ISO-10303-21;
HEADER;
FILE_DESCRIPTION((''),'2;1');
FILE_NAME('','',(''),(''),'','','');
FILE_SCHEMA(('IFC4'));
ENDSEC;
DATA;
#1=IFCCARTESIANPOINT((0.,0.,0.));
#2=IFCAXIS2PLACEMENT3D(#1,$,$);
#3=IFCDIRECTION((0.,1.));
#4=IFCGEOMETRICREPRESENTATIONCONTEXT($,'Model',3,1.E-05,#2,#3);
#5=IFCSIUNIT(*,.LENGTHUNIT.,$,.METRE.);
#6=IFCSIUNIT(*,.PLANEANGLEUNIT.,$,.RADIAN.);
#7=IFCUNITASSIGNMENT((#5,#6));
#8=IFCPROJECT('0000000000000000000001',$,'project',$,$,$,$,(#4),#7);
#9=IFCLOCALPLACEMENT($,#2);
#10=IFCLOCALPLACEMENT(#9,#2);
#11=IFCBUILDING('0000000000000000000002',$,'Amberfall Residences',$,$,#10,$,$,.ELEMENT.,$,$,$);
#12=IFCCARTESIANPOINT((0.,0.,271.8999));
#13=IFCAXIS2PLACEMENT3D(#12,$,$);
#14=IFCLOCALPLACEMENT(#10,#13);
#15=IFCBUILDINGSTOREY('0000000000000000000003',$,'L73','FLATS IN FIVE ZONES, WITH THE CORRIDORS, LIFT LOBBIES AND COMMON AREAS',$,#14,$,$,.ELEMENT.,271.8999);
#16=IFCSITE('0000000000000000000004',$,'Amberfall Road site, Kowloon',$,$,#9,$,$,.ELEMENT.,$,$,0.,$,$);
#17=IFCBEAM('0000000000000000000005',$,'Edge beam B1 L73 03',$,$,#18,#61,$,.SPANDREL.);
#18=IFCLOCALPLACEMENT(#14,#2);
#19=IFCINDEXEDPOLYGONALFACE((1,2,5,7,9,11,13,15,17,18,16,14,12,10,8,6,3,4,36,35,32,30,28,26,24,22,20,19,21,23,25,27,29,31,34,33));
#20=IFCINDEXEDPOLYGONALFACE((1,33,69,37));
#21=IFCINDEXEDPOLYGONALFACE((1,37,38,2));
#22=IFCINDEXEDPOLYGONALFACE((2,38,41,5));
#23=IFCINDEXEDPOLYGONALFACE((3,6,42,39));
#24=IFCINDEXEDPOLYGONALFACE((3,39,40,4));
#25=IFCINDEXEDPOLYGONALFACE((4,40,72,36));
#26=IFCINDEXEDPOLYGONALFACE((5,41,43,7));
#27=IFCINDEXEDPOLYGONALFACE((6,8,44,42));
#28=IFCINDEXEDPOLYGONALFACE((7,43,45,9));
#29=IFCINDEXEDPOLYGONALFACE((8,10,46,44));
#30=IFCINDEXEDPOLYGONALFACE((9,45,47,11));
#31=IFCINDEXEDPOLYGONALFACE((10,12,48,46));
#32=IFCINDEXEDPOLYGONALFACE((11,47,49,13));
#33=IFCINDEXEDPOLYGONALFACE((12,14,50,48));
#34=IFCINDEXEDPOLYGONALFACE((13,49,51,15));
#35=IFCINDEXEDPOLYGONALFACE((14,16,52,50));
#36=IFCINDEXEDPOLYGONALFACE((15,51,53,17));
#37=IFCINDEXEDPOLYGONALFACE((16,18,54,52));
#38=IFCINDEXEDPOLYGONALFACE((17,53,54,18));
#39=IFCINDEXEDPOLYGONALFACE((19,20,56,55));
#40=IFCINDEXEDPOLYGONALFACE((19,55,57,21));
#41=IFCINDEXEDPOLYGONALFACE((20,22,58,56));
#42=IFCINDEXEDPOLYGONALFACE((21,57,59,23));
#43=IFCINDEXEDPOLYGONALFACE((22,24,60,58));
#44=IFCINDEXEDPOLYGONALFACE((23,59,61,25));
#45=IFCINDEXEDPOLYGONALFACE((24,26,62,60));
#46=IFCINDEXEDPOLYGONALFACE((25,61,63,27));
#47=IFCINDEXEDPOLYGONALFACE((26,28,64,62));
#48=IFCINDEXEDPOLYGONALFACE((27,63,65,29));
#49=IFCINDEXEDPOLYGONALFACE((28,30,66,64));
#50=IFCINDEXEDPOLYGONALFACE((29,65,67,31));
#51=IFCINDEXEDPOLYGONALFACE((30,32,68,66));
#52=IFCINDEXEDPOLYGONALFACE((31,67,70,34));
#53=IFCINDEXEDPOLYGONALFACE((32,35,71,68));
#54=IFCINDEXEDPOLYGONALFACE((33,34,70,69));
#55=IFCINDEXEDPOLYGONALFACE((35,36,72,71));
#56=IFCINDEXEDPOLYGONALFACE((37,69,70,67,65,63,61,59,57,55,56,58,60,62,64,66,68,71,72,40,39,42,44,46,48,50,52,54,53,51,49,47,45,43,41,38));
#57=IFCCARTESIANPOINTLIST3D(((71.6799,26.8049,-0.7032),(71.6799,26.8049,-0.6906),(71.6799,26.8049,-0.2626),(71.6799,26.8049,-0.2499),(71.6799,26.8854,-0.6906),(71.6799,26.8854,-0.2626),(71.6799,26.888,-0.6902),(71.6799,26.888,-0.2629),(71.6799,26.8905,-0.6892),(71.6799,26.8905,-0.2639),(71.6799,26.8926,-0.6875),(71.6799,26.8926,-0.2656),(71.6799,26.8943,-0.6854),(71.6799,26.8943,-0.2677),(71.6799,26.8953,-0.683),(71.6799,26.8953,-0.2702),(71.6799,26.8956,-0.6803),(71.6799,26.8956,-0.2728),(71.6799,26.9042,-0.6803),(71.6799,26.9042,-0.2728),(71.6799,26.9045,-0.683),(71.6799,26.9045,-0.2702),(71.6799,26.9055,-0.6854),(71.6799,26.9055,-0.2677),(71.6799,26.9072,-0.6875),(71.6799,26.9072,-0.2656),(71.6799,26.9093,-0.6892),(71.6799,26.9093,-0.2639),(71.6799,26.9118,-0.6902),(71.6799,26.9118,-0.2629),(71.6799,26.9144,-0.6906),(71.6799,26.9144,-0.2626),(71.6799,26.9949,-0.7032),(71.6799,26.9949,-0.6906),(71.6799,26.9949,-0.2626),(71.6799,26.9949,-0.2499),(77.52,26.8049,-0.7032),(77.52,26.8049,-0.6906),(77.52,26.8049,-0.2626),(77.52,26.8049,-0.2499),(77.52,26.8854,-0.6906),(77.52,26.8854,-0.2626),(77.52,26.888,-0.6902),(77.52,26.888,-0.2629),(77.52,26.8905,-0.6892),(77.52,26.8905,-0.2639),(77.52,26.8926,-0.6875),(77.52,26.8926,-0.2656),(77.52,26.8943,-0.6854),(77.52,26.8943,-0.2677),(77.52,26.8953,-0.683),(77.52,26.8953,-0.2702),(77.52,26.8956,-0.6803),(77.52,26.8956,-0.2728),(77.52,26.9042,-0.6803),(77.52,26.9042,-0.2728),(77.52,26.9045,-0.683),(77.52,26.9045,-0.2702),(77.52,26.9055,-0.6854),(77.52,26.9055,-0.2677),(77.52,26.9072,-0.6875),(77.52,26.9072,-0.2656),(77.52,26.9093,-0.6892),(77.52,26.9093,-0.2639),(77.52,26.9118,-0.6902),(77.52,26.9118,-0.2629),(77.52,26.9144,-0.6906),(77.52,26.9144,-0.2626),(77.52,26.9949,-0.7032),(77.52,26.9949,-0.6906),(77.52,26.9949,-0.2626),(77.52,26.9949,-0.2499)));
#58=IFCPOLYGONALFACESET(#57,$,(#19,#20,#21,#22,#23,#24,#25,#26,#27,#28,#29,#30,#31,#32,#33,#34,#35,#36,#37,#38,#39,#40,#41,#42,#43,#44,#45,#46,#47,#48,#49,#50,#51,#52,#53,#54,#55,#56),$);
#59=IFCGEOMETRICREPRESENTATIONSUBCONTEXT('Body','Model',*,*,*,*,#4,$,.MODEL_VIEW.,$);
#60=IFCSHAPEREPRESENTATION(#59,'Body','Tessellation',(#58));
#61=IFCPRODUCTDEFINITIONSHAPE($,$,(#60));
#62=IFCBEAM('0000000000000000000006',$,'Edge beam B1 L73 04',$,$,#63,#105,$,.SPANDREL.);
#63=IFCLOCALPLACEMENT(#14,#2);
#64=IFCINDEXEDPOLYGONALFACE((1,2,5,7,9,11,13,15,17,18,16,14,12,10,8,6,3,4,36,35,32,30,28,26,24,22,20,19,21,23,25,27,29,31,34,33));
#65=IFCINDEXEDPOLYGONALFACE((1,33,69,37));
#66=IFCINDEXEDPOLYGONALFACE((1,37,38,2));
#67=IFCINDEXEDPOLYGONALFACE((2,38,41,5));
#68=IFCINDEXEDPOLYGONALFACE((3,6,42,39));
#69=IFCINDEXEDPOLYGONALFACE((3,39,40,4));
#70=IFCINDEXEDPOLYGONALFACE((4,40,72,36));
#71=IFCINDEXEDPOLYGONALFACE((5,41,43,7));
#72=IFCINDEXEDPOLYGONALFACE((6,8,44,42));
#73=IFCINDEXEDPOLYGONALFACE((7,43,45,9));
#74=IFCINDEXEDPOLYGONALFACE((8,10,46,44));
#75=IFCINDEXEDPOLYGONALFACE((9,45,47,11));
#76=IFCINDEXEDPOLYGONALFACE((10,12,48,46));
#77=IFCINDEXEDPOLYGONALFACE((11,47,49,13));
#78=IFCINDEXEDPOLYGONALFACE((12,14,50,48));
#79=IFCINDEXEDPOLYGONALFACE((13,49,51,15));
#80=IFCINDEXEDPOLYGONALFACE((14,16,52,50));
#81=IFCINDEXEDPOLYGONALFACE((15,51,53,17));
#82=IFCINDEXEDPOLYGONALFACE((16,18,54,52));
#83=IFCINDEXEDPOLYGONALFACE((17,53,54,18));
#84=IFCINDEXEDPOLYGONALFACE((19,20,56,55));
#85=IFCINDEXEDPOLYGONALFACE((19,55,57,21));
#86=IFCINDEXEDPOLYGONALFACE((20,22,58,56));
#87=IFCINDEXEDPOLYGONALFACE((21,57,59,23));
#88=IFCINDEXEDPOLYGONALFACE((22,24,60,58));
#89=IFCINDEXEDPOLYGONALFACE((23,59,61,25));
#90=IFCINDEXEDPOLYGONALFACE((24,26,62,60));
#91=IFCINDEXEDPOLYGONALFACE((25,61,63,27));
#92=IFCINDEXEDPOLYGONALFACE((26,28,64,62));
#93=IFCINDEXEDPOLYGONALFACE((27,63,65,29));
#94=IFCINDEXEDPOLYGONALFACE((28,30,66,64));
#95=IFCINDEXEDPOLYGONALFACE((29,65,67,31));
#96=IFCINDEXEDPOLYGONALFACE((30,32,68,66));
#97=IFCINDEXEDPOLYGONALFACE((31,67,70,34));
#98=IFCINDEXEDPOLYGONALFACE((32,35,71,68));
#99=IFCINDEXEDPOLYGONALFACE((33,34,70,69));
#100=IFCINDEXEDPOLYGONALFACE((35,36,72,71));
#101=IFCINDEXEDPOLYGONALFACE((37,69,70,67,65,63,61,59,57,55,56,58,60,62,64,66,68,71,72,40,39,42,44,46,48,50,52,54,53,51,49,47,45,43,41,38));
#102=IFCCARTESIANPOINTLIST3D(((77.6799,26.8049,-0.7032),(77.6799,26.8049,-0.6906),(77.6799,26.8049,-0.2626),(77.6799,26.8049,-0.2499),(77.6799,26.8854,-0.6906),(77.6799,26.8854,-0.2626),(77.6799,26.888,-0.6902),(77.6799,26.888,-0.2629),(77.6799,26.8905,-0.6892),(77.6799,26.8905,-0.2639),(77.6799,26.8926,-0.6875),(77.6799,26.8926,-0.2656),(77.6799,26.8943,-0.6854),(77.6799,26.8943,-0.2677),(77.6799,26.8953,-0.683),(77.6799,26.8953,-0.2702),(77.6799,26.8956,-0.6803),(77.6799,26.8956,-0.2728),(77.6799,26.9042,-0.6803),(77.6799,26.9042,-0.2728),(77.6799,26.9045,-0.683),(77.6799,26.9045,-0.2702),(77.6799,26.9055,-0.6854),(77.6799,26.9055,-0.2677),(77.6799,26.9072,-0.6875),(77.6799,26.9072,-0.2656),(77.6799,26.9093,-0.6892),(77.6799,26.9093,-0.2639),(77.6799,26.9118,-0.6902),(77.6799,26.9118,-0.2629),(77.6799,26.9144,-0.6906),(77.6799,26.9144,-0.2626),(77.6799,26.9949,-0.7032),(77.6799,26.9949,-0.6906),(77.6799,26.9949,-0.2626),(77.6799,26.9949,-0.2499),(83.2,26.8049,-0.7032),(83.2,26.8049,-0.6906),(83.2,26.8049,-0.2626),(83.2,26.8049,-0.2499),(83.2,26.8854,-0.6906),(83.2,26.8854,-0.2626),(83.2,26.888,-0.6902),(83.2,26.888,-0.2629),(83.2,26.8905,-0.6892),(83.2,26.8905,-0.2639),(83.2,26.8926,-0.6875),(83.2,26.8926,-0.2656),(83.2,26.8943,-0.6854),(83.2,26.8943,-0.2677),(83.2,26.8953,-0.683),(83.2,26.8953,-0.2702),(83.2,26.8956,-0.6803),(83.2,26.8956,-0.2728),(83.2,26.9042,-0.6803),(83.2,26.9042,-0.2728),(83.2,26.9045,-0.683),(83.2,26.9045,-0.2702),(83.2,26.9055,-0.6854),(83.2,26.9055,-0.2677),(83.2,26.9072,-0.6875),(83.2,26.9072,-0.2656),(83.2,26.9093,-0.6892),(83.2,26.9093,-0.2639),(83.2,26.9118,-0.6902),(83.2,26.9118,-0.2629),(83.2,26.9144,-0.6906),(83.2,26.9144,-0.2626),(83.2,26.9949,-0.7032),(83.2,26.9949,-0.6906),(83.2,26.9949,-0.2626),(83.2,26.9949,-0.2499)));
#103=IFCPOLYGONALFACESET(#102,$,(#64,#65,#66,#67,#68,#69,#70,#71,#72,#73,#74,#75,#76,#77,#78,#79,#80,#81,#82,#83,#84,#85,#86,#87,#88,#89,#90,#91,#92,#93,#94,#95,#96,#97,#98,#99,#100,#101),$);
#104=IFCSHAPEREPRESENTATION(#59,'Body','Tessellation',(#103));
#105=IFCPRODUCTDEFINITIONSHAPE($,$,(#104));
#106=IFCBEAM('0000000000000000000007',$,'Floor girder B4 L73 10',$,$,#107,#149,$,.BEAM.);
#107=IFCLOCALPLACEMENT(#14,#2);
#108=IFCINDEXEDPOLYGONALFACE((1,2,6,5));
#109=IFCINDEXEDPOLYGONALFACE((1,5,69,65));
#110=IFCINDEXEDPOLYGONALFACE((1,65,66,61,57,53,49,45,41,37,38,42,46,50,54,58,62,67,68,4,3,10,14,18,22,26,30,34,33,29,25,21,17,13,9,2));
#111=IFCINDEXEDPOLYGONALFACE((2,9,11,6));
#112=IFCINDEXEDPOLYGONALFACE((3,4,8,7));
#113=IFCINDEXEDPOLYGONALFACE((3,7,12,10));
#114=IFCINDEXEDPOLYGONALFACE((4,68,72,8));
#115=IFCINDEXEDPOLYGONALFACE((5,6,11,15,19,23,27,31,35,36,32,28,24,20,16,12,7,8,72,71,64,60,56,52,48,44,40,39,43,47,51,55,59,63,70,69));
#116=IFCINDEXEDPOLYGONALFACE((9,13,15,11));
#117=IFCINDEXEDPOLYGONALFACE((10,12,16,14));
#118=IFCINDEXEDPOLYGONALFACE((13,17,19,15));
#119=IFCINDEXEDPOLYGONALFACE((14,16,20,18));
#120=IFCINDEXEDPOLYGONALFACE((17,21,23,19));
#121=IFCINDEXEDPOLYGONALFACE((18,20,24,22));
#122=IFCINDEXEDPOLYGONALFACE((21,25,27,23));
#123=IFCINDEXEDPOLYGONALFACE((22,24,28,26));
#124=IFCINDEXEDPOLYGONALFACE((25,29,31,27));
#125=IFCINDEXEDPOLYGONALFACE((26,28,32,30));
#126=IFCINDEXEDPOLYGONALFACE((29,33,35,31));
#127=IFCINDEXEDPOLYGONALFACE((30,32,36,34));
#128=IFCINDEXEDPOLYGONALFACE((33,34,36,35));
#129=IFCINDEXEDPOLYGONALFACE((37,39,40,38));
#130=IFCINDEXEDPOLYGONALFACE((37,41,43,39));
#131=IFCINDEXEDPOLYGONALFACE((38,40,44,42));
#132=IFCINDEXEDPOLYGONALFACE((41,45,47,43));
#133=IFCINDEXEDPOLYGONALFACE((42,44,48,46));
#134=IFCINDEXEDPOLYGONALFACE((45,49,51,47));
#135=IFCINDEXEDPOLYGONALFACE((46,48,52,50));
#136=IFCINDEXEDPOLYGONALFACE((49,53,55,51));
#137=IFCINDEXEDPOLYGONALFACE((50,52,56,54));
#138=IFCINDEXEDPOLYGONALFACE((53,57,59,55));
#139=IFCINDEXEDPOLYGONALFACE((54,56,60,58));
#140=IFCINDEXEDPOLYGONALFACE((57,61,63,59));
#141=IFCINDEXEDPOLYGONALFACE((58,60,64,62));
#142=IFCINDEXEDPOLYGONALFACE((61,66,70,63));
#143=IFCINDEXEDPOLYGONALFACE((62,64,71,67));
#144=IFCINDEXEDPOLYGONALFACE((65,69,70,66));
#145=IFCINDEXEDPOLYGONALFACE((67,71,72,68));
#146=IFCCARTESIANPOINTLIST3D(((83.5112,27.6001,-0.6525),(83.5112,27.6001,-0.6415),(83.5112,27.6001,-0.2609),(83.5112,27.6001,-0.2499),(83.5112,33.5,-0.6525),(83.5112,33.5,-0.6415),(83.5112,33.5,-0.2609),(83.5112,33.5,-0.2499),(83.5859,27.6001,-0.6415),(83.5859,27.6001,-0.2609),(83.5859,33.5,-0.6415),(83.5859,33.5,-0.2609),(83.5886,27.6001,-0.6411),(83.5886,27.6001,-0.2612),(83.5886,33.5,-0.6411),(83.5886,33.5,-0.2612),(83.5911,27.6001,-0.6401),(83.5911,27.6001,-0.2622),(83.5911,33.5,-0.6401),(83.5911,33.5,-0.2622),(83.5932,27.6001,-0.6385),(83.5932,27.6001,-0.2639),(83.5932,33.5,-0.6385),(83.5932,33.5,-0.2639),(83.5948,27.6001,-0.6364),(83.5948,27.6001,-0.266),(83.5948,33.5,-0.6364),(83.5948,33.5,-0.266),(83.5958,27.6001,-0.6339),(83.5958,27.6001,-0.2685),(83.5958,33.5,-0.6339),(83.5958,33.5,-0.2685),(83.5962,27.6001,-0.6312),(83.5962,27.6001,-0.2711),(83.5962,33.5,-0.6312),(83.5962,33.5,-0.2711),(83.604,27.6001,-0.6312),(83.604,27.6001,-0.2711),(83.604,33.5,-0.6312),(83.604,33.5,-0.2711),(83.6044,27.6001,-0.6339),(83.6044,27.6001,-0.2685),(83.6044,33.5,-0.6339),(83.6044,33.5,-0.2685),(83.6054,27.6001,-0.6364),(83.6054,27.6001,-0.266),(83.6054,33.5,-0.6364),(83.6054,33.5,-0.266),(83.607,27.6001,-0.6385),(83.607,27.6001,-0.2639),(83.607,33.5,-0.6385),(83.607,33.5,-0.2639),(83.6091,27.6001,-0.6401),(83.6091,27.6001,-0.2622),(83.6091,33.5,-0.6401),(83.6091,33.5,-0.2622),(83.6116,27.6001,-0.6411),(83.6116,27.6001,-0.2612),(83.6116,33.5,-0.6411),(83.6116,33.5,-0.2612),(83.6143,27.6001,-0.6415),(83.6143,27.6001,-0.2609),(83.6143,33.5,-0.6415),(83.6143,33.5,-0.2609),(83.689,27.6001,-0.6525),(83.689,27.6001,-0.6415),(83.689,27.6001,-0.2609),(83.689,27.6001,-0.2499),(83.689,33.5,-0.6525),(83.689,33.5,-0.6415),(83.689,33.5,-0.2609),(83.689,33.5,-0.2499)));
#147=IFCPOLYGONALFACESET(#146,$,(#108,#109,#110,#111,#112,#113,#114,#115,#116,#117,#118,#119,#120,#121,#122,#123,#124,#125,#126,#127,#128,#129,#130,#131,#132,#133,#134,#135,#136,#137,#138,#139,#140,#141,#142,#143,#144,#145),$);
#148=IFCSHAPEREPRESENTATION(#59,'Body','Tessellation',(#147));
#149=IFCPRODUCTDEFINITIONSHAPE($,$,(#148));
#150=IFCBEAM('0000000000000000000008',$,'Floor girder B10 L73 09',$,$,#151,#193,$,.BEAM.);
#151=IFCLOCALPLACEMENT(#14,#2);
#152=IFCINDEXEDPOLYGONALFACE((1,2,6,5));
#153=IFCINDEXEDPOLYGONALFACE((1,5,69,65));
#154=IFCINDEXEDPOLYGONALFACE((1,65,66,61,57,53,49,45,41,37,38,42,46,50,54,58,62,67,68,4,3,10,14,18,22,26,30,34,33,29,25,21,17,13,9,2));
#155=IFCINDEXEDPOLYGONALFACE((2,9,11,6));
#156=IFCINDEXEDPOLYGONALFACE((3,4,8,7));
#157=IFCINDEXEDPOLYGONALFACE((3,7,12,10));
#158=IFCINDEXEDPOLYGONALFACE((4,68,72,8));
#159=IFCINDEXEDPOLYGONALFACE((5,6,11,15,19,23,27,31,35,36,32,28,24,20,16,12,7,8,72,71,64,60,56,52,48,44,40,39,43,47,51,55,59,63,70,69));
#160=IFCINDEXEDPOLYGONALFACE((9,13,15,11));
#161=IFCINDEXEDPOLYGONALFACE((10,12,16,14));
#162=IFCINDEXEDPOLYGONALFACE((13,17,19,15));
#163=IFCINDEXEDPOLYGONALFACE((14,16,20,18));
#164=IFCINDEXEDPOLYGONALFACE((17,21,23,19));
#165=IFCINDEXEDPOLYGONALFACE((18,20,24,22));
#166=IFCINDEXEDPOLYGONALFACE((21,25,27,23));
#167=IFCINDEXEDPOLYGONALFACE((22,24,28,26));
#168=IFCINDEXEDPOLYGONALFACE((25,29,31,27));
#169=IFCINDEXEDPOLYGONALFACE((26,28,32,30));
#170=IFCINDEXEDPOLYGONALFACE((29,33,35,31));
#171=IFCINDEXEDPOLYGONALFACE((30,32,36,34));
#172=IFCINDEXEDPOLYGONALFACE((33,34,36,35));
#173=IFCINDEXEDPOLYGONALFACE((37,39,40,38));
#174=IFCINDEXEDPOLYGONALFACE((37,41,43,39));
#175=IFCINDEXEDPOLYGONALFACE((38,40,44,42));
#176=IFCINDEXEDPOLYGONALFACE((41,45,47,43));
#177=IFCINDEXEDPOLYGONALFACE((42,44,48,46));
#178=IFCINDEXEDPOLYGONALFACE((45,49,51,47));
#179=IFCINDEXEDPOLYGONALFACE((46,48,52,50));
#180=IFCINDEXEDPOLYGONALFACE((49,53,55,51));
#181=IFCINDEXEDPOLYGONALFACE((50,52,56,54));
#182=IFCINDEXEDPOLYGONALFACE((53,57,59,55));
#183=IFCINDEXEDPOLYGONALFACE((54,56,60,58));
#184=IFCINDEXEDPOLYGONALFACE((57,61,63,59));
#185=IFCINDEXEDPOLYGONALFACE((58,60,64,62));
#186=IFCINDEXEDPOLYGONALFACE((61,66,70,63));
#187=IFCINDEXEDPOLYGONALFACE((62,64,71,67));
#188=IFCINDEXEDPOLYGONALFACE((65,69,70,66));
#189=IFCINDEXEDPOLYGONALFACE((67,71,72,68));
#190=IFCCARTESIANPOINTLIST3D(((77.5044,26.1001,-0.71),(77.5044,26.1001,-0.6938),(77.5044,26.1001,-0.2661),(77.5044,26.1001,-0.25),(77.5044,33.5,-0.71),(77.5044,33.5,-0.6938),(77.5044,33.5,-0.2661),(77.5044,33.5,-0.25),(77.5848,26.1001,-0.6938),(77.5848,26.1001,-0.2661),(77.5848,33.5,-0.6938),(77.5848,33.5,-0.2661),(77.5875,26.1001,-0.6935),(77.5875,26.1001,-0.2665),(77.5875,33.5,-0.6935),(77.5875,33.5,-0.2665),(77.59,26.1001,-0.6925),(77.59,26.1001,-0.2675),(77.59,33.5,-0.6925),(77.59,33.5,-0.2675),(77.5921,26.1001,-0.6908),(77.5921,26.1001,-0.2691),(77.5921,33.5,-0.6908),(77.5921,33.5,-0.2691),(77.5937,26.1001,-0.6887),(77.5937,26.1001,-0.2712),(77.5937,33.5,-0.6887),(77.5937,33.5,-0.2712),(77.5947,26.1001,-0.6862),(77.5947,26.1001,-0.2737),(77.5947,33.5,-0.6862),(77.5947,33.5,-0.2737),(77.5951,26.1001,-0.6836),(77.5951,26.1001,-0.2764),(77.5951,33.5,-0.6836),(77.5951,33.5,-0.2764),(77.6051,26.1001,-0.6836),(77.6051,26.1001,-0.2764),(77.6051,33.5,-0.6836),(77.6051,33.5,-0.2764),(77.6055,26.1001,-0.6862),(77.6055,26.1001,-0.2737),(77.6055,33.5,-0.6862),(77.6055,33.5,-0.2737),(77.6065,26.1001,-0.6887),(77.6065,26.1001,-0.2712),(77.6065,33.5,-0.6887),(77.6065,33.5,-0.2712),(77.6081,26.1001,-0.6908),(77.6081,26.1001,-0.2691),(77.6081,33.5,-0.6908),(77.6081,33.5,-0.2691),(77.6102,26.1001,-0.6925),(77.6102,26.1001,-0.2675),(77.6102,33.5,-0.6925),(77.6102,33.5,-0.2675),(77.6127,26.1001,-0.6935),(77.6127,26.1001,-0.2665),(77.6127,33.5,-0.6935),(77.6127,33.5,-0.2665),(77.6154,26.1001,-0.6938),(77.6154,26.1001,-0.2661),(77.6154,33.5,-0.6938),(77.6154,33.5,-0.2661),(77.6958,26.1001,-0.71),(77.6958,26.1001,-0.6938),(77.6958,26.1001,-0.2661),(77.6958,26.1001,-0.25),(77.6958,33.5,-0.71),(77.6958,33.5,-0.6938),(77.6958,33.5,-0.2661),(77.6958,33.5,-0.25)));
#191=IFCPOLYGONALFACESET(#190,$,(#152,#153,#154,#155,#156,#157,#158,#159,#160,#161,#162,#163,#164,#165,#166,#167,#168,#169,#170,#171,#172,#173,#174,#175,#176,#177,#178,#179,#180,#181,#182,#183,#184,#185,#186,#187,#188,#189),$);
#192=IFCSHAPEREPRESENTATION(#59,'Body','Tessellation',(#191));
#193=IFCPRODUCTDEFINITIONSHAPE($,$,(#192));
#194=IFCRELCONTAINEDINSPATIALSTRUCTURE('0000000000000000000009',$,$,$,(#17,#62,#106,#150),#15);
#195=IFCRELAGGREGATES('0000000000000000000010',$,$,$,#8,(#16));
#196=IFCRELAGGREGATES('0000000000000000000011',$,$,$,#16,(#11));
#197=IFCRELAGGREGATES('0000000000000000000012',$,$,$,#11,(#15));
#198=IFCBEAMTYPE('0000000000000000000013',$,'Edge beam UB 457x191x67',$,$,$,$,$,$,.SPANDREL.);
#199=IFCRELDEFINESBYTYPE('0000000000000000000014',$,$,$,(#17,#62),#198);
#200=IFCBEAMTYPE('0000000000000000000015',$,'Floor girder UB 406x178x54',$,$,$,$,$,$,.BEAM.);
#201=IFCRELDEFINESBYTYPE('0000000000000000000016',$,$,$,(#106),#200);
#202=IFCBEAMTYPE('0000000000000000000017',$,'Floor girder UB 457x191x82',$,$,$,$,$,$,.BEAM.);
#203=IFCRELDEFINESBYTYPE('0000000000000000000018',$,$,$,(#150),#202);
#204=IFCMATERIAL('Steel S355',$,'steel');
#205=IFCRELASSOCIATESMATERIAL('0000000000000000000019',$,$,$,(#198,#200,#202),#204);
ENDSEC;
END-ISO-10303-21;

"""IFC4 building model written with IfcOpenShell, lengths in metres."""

from ifc_helpers import new_model, si_unit, direction, frame, origin, origin_2d, place, context, subcontext, project, spatial, i_section, extrude, material, material_profile, profile_set, type_object, element, save


model = new_model("IFC4")

# Units and contexts
model_context = context("Model", 3, precision=1e-05, world=origin(), true_north=direction((0.0, 1.0)))
body_context = subcontext(model_context, "Body", "Model", "MODEL_VIEW")
ifc_project = project(units=[si_unit("LENGTHUNIT", "METRE"), si_unit("PLANEANGLEUNIT", "RADIAN")], contexts=[model_context])

# Site, building, storey
site_placement = place(None, origin())
site = spatial("IfcSite", under=ifc_project, at=site_placement, Name="Amberfall Road site, Kowloon", CompositionType="ELEMENT", RefElevation=0.0)
building_placement = place(site_placement, origin())
building = spatial("IfcBuilding", under=site, at=building_placement, Name="Amberfall Residences", CompositionType="ELEMENT")
storey_placement = place(building_placement, frame((0.0, 0.0, 271.8999)))
storey = spatial("IfcBuildingStorey", under=building, at=storey_placement, Name="L73", Description="FLATS IN FIVE ZONES, WITH THE CORRIDORS, LIFT LOBBIES AND COMMON AREAS", CompositionType="ELEMENT", Elevation=271.8999)

# Beams
ifc_material_1 = material(Name="Steel S355", Category="steel")
ifc_material_profile_1 = material_profile(ifc_material_1, i_section(OverallWidth=0.1899, OverallDepth=0.4534, WebThickness=0.0085, FlangeThickness=0.0127, FilletRadius=0.0103, at=origin_2d()), Name="UB 457x191x67")
ifc_profile_set_1 = profile_set([ifc_material_profile_1], Name="Steel S355")
beam_type_1 = type_object("IfcBeamType", Name="Edge beam UB 457x191x67", PredefinedType="SPANDREL", material=ifc_profile_set_1)
beam_1_placement = place(storey_placement, frame((71.6799, 26.8999, -0.4766), z_axis=(1.0, 0.0, 0.0), x_axis=(0.0, 1.0, 0.0)))
element("IfcBeam", 1, at=beam_1_placement, inside=storey, type_object=beam_type_1, Name="Edge beam B1 L73 03", PredefinedType="SPANDREL", context=body_context, shape_type="SweptSolid", body=[
    extrude(i_section(OverallWidth=0.1899, OverallDepth=0.4534, WebThickness=0.0085, FlangeThickness=0.0127, FilletRadius=0.0103, at=origin_2d()), origin(), (0.0, 0.0, 1.0), 5.8401),
])
beam_2_placement = place(storey_placement, frame((77.6799, 26.8999, -0.4766), z_axis=(1.0, 0.0, 0.0), x_axis=(0.0, 1.0, 0.0)))
element("IfcBeam", 2, at=beam_2_placement, inside=storey, type_object=beam_type_1, Name="Edge beam B1 L73 04", PredefinedType="SPANDREL", context=body_context, shape_type="SweptSolid", body=[
    extrude(i_section(OverallWidth=0.1899, OverallDepth=0.4534, WebThickness=0.0085, FlangeThickness=0.0127, FilletRadius=0.0103, at=origin_2d()), origin(), (0.0, 0.0, 1.0), 5.52),
])
ifc_material_profile_2 = material_profile(ifc_material_1, i_section(OverallWidth=0.1777, OverallDepth=0.4026, WebThickness=0.0078, FlangeThickness=0.011, FilletRadius=0.0103, at=origin_2d()), Name="UB 406x178x54")
ifc_profile_set_2 = profile_set([ifc_material_profile_2], Name="Steel S355")
beam_type_2 = type_object("IfcBeamType", Name="Floor girder UB 406x178x54", PredefinedType="BEAM", material=ifc_profile_set_2)
beam_3_placement = place(storey_placement, frame((83.6001, 27.6001, -0.4512), z_axis=(0.0, 1.0, 0.0), x_axis=(-1.0, 0.0, 0.0)))
element("IfcBeam", 3, at=beam_3_placement, inside=storey, type_object=beam_type_2, Name="Floor girder B4 L73 10", PredefinedType="BEAM", context=body_context, shape_type="SweptSolid", body=[
    extrude(i_section(OverallWidth=0.1777, OverallDepth=0.4026, WebThickness=0.0078, FlangeThickness=0.011, FilletRadius=0.0103, at=origin_2d()), origin(), (0.0, 0.0, 1.0), 5.8999),
])
ifc_material_profile_3 = material_profile(ifc_material_1, i_section(OverallWidth=0.1914, OverallDepth=0.46, WebThickness=0.01, FlangeThickness=0.0161, FilletRadius=0.0103, at=origin_2d()), Name="UB 457x191x82")
ifc_profile_set_3 = profile_set([ifc_material_profile_3], Name="Steel S355")
beam_type_3 = type_object("IfcBeamType", Name="Floor girder UB 457x191x82", PredefinedType="BEAM", material=ifc_profile_set_3)
beam_4_placement = place(storey_placement, frame((77.6001, 26.1001, -0.48), z_axis=(0.0, 1.0, 0.0), x_axis=(-1.0, 0.0, 0.0)))
element("IfcBeam", 4, at=beam_4_placement, inside=storey, type_object=beam_type_3, Name="Floor girder B10 L73 09", PredefinedType="BEAM", context=body_context, shape_type="SweptSolid", body=[
    extrude(i_section(OverallWidth=0.1914, OverallDepth=0.46, WebThickness=0.01, FlangeThickness=0.0161, FilletRadius=0.0103, at=origin_2d()), origin(), (0.0, 0.0, 1.0), 7.3999),
])

save(model, "model.ifc")
